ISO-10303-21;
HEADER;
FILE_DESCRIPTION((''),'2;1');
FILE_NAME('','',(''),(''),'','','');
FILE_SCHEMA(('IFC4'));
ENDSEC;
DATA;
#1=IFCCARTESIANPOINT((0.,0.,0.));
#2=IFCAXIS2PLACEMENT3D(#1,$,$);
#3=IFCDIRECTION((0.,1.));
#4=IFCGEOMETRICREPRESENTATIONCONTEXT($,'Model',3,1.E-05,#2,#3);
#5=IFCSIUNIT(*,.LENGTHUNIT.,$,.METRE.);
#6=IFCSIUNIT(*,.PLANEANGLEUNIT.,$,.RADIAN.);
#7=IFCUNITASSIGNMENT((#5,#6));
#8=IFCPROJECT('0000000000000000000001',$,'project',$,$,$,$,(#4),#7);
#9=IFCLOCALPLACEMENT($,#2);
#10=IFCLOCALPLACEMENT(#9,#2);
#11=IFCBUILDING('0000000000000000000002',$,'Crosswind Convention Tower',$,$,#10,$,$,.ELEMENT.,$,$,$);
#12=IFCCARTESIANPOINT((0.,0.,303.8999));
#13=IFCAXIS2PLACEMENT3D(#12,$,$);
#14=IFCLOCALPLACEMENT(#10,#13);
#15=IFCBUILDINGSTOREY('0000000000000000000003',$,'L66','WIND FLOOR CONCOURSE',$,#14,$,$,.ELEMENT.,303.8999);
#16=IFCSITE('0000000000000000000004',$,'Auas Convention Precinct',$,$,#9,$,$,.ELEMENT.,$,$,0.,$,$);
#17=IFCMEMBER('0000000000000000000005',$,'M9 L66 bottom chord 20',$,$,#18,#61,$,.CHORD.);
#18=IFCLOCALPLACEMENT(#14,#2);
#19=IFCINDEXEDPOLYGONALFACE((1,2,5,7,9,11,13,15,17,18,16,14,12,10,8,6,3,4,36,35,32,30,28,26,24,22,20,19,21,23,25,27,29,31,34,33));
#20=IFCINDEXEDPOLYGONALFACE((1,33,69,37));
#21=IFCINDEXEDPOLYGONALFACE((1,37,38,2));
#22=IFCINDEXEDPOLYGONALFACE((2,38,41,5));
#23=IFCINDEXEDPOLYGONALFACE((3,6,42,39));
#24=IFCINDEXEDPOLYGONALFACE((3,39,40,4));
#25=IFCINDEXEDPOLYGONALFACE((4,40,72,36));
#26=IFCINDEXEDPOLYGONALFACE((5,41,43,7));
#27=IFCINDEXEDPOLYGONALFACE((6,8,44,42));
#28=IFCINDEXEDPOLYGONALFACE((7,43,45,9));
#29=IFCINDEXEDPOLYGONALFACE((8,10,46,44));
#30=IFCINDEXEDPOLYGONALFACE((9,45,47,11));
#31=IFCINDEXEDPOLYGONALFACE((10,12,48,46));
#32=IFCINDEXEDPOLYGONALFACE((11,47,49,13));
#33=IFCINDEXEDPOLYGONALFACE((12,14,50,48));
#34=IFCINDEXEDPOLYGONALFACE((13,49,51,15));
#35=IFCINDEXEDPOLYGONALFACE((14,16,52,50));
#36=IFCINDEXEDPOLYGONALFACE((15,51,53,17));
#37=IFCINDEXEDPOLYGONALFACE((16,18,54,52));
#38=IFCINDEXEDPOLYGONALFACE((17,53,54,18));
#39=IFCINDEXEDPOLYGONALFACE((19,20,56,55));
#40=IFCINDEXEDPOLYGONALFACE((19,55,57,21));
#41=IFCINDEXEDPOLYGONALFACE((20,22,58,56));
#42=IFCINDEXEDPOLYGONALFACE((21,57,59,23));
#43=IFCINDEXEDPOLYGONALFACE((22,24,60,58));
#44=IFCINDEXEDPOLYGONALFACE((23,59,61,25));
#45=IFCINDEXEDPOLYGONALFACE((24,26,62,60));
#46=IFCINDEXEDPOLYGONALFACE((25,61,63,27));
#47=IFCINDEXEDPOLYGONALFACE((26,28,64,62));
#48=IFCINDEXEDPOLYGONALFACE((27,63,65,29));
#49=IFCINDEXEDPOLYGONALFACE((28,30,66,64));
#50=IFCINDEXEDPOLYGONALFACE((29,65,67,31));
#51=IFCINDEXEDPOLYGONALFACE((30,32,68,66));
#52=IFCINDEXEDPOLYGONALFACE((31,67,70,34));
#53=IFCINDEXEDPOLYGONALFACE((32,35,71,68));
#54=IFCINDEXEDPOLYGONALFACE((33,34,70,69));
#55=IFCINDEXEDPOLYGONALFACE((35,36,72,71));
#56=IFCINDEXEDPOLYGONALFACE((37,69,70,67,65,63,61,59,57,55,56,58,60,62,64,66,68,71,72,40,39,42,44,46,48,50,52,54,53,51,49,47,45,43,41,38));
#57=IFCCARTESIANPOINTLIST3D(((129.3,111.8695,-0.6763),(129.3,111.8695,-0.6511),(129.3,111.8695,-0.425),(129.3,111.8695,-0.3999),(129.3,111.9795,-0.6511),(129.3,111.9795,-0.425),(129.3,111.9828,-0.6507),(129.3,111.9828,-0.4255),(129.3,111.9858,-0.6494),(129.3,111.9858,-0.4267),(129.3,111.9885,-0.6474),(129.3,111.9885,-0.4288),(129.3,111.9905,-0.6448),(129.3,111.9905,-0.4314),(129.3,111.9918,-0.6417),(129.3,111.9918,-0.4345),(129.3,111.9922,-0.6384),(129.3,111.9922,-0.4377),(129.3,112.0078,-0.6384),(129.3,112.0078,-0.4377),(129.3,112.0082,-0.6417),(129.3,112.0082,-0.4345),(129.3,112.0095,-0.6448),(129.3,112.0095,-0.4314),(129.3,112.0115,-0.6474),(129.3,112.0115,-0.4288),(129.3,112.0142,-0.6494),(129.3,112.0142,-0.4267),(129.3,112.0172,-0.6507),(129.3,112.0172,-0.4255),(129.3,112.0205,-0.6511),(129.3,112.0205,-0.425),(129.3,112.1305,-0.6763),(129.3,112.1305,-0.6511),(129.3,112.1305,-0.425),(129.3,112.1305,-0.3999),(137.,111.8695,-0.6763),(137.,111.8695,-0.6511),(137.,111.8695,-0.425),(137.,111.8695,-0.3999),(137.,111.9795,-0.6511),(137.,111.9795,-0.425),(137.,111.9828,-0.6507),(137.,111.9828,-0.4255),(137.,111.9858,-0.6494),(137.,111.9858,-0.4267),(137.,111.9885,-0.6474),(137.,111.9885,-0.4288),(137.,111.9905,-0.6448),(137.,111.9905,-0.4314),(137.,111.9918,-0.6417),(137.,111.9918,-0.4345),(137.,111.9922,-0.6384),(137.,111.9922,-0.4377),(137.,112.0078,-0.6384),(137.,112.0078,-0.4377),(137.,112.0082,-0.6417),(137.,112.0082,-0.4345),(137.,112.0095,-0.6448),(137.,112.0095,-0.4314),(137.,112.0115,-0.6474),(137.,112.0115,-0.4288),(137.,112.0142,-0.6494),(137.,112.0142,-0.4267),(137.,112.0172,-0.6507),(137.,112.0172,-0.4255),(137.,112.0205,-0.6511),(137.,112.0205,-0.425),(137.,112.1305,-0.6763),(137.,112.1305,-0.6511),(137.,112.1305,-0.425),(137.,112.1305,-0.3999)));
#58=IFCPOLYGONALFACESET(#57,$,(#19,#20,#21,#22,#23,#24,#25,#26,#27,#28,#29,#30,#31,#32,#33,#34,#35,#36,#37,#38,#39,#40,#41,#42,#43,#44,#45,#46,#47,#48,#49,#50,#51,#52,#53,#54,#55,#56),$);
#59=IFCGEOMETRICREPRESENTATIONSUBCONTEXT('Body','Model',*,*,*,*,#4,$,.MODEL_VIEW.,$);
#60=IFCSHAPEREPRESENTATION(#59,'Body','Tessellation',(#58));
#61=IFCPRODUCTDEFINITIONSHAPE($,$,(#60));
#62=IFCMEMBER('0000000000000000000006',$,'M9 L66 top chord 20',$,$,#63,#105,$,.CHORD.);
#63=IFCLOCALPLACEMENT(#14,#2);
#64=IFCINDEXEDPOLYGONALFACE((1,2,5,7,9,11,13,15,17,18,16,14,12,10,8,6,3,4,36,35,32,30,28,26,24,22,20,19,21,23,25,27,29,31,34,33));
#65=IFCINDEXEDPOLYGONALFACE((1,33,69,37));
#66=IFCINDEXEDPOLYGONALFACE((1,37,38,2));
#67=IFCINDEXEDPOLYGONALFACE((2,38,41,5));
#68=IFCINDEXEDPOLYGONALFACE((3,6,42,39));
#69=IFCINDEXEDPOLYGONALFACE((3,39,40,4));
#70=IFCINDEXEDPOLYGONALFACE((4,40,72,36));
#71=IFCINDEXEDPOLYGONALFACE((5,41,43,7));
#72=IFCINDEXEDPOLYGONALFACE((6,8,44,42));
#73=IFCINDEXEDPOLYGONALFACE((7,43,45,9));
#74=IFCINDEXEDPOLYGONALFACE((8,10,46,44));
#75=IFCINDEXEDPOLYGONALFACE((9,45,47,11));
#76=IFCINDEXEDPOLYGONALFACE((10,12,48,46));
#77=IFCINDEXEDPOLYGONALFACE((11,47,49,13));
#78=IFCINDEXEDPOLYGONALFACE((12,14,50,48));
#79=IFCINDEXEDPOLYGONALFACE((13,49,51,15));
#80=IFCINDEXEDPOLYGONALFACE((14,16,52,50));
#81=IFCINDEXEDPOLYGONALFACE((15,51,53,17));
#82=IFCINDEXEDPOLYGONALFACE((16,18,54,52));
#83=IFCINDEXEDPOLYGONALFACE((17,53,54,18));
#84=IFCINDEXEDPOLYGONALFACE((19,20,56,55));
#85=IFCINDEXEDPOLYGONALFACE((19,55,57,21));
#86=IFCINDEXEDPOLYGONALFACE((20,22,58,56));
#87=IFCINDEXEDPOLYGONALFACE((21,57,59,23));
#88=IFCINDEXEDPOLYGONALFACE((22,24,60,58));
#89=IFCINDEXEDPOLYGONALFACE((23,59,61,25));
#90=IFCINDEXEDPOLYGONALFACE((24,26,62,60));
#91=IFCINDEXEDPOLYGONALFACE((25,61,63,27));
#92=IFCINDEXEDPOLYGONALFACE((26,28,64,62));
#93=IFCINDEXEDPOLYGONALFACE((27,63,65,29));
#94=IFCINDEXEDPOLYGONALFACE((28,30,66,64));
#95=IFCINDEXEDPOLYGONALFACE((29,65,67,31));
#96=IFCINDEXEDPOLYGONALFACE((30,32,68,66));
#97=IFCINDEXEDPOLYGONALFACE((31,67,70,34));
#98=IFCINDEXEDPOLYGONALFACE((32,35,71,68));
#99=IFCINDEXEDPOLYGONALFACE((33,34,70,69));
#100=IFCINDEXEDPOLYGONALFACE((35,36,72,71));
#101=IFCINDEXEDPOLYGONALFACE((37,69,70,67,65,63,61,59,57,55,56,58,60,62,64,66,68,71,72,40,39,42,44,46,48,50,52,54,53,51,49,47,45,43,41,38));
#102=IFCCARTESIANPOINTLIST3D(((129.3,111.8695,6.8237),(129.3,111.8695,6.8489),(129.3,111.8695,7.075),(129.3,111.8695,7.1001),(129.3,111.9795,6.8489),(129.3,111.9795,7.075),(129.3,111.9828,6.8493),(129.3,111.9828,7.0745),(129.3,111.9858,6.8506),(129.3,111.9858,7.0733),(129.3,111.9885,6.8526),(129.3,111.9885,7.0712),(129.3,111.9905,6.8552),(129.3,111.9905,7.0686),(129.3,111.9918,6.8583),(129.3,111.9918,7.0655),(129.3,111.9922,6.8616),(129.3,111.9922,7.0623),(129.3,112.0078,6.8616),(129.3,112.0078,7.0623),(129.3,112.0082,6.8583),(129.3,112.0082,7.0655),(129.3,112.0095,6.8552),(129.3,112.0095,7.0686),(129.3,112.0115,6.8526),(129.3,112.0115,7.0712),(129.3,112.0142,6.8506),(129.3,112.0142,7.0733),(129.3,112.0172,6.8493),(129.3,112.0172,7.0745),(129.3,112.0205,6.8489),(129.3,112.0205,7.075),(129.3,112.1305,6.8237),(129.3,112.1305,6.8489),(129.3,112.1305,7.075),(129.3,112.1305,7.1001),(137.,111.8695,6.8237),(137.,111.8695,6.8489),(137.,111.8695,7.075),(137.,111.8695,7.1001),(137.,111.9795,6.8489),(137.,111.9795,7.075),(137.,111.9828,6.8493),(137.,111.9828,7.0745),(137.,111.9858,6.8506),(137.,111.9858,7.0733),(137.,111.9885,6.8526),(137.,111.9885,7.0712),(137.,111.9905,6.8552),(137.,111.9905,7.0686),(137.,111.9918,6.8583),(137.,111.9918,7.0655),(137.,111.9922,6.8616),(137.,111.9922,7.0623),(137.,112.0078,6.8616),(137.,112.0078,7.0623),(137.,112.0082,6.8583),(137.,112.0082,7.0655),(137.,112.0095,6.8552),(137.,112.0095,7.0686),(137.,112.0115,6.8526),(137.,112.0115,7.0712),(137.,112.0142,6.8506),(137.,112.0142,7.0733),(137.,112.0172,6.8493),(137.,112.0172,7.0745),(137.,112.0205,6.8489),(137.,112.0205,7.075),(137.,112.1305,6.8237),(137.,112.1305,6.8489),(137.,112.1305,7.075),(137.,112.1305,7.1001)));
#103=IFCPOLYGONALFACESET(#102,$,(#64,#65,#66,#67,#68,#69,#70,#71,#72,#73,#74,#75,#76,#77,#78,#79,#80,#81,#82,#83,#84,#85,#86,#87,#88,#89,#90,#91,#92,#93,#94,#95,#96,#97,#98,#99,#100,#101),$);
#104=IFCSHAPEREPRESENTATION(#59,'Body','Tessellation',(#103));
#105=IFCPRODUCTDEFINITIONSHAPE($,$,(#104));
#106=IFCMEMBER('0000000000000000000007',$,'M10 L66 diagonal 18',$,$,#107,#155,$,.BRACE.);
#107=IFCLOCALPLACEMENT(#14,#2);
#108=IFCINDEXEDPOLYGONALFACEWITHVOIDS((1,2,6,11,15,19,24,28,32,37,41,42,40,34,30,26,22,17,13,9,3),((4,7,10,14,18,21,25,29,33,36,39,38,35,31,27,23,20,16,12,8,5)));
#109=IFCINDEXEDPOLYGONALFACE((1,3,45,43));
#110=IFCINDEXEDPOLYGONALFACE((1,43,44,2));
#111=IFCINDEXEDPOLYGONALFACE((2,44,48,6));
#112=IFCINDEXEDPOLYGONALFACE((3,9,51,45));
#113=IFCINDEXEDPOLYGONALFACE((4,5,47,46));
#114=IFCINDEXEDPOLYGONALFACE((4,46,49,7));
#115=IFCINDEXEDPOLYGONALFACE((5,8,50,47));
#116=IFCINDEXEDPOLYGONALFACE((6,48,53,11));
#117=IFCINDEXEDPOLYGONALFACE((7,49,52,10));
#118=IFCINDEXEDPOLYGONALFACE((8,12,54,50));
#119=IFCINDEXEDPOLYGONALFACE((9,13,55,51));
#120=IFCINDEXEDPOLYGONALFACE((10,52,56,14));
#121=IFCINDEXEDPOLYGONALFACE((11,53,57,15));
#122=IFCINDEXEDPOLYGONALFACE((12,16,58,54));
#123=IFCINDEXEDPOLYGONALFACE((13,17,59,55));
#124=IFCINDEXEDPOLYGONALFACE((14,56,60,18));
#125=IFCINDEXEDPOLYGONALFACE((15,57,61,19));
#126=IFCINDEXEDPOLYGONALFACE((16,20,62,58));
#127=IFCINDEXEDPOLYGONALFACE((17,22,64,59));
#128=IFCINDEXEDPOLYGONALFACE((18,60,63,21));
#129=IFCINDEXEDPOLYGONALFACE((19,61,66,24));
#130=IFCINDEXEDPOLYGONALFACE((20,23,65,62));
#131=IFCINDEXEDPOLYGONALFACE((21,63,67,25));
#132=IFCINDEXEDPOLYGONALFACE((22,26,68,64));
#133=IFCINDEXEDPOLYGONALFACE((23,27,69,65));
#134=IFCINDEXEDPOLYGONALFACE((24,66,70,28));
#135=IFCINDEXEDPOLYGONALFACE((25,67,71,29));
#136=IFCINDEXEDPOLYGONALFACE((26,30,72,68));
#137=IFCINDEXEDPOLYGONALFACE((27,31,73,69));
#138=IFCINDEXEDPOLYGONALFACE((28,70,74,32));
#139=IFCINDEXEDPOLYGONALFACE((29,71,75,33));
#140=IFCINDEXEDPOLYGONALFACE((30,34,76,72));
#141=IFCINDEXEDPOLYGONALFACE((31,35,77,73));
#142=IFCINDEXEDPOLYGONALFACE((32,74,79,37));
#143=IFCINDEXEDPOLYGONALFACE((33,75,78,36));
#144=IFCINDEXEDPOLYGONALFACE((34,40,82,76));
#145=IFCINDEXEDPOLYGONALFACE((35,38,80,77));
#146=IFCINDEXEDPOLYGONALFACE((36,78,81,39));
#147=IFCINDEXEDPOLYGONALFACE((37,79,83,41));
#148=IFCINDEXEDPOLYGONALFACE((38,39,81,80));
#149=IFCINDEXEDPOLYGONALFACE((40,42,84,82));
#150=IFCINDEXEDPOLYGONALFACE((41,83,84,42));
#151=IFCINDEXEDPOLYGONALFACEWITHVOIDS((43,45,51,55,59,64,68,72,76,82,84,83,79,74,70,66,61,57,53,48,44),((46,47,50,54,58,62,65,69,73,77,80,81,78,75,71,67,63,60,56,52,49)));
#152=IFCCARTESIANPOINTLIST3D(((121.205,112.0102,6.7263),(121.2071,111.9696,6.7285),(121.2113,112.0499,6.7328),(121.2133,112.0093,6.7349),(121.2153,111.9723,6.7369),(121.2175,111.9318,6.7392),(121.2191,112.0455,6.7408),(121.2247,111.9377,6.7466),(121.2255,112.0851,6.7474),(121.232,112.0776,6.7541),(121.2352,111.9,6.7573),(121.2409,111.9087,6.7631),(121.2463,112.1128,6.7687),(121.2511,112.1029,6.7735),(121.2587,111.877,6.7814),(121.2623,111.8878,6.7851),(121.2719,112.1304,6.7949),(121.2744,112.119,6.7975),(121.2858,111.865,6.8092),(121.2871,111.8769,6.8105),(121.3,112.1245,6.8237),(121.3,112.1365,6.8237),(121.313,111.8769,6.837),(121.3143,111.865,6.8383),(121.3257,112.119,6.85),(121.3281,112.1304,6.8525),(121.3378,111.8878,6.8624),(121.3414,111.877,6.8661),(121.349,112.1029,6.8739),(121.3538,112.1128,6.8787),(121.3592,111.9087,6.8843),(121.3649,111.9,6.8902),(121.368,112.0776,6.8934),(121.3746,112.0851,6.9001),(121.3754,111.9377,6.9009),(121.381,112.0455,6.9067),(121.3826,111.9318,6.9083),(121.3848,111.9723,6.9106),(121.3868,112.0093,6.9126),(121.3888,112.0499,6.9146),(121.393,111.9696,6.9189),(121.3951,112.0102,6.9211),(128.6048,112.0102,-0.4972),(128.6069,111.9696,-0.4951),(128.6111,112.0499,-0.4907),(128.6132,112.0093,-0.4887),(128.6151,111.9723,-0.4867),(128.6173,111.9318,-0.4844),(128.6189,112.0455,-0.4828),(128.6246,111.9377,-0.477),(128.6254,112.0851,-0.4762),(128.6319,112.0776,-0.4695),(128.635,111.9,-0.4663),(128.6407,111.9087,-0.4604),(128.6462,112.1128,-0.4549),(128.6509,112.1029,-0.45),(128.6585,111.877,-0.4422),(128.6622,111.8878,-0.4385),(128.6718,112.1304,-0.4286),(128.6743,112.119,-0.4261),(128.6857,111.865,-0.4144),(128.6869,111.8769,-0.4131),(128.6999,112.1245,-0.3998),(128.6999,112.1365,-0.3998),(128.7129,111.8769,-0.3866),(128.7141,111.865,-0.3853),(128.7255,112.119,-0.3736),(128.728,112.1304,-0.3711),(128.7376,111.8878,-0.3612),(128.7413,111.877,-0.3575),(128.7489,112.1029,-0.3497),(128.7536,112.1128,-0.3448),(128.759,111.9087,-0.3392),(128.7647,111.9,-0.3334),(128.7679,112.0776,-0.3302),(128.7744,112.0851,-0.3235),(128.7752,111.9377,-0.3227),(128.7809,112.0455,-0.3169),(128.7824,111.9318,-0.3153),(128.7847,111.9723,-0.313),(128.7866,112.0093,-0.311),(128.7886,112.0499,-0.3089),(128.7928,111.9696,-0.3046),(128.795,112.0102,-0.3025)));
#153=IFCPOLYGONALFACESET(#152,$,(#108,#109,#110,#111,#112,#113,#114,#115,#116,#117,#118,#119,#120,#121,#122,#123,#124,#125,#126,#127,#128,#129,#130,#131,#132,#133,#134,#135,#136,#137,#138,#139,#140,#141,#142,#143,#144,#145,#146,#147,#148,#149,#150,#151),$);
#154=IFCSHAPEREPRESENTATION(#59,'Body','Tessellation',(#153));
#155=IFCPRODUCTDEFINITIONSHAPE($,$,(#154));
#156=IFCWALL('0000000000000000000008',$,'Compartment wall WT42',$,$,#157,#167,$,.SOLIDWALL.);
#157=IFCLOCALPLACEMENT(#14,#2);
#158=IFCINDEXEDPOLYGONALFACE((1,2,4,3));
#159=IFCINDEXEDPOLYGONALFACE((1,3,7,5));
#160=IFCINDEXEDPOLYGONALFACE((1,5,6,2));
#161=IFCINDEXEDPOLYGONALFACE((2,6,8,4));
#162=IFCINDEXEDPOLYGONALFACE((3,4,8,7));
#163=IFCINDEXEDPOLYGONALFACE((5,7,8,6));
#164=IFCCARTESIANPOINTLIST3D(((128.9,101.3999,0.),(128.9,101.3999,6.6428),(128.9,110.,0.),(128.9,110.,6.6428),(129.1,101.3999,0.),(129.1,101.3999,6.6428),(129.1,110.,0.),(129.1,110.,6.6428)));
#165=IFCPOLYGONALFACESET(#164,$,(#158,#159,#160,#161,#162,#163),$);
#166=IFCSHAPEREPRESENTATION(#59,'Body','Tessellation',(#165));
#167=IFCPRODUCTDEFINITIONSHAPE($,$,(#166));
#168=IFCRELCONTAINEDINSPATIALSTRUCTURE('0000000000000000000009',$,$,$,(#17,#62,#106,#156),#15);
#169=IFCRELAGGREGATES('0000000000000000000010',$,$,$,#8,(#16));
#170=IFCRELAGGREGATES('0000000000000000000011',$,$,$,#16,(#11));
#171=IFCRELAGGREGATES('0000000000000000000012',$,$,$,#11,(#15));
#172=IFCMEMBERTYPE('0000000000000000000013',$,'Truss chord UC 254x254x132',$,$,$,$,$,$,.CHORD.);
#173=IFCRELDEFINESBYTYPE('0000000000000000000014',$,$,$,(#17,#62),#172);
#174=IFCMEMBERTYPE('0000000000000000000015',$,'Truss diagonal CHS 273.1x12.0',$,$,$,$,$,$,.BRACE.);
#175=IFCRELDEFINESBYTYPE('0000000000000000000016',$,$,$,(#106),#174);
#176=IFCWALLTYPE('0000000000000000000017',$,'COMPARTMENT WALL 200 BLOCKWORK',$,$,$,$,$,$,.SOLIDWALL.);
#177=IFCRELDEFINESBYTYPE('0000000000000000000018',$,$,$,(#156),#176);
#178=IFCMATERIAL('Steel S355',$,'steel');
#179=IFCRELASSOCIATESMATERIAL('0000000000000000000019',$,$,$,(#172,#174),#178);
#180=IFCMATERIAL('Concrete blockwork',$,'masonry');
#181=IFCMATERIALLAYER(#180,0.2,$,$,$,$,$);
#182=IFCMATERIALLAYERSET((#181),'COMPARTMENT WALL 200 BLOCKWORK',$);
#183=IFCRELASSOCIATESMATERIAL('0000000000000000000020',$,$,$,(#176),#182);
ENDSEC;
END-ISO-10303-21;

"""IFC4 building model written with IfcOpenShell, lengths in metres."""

from ifc_helpers import new_model, si_unit, direction, frame, frame_2d, origin, origin_2d, place, context, subcontext, project, spatial, rectangle, hollow_circle, i_section, extrude, material, layer, layer_set, material_profile, profile_set, type_object, element, save


model = new_model("IFC4")

# Units and contexts
model_context = context("Model", 3, precision=1e-05, world=origin(), true_north=direction((0.0, 1.0)))
body_context = subcontext(model_context, "Body", "Model", "MODEL_VIEW")
ifc_project = project(units=[si_unit("LENGTHUNIT", "METRE"), si_unit("PLANEANGLEUNIT", "RADIAN")], contexts=[model_context])

# Site, building, storey
site_placement = place(None, origin())
site = spatial("IfcSite", under=ifc_project, at=site_placement, Name="Auas Convention Precinct", CompositionType="ELEMENT", RefElevation=0.0)
building_placement = place(site_placement, origin())
building = spatial("IfcBuilding", under=site, at=building_placement, Name="Crosswind Convention Tower", CompositionType="ELEMENT")
storey_placement = place(building_placement, frame((0.0, 0.0, 303.8999)))
storey = spatial("IfcBuildingStorey", under=building, at=storey_placement, Name="L66", Description="WIND FLOOR CONCOURSE", CompositionType="ELEMENT", Elevation=303.8999)

# Shared definitions
ifc_material_1 = material(Name="Steel S355", Category="steel")

# Members
ifc_material_profile_1 = material_profile(ifc_material_1, i_section(OverallWidth=0.261, OverallDepth=0.2764, WebThickness=0.0156, FlangeThickness=0.0251, FilletRadius=0.0127, at=origin_2d()), Name="UC 254x254x132")
ifc_profile_set_1 = profile_set([ifc_material_profile_1], Name="Steel S355")
member_type_1 = type_object("IfcMemberType", Name="Truss chord UC 254x254x132", PredefinedType="CHORD", material=ifc_profile_set_1)
for number, where, z_axis, x_axis, name in (
    (1, (129.3, 112.0, -0.5381), (1.0, 0.0, 0.0), (0.0, 1.0, 0.0), "M9 L66 bottom chord 20"),
    (2, (129.3, 112.0, 6.9619), (1.0, 0.0, 0.0), (0.0, 1.0, 0.0), "M9 L66 top chord 20"),
):
    element("IfcMember", number, at=place(storey_placement, frame(where, z_axis=z_axis, x_axis=x_axis)), inside=storey, type_object=member_type_1, Name=name, PredefinedType="CHORD", context=body_context, shape_type="SweptSolid", body=[
        extrude(i_section(OverallWidth=0.261, OverallDepth=0.2764, WebThickness=0.0156, FlangeThickness=0.0251, FilletRadius=0.0127, at=origin_2d()), origin(), (0.0, 0.0, 1.0), 7.7),
    ])
ifc_material_profile_2 = material_profile(ifc_material_1, hollow_circle(Radius=0.1365, WallThickness=0.012, at=origin_2d()), Name="CHS 273.1x12.0")
ifc_profile_set_2 = profile_set([ifc_material_profile_2], Name="Steel S355")
member_type_2 = type_object("IfcMemberType", Name="Truss diagonal CHS 273.1x12.0", PredefinedType="BRACE", material=ifc_profile_set_2)
member_placement = place(storey_placement, frame((121.3, 112.0, 6.8237), z_axis=(0.715578, 0.0, -0.698533), x_axis=(0.0, 1.0, 0.0)))
element("IfcMember", 3, at=member_placement, inside=storey, type_object=member_type_2, Name="M10 L66 diagonal 18", PredefinedType="BRACE", context=body_context, shape_type="SweptSolid", body=[
    extrude(hollow_circle(Radius=0.1365, WallThickness=0.012, at=origin_2d()), origin(), (0.0, 0.0, 1.0), 10.3411),
])

# Wall
ifc_material_2 = material(Name="Concrete blockwork", Category="masonry")
ifc_layer_1 = layer(ifc_material_2, 0.2)
ifc_layer_set_1 = layer_set([ifc_layer_1], Name="COMPARTMENT WALL 200 BLOCKWORK")
wall_type = type_object("IfcWallType", Name="COMPARTMENT WALL 200 BLOCKWORK", PredefinedType="SOLIDWALL", material=ifc_layer_set_1)
wall_1_placement = place(storey_placement, frame((129.0, 101.3999, 0.0), z_axis=(0.0, 0.0, 1.0), x_axis=(0.0, 1.0, 0.0)))
element("IfcWall", 4, at=wall_1_placement, inside=storey, type_object=wall_type, Name="Compartment wall WT42", PredefinedType="SOLIDWALL", context=body_context, shape_type="SweptSolid", body=[
    extrude(rectangle(XDim=8.6001, YDim=0.2, at=frame_2d((4.3, 0.0))), origin(), (0.0, 0.0, 1.0), 6.6428),
])

save(model, "model.ifc")
